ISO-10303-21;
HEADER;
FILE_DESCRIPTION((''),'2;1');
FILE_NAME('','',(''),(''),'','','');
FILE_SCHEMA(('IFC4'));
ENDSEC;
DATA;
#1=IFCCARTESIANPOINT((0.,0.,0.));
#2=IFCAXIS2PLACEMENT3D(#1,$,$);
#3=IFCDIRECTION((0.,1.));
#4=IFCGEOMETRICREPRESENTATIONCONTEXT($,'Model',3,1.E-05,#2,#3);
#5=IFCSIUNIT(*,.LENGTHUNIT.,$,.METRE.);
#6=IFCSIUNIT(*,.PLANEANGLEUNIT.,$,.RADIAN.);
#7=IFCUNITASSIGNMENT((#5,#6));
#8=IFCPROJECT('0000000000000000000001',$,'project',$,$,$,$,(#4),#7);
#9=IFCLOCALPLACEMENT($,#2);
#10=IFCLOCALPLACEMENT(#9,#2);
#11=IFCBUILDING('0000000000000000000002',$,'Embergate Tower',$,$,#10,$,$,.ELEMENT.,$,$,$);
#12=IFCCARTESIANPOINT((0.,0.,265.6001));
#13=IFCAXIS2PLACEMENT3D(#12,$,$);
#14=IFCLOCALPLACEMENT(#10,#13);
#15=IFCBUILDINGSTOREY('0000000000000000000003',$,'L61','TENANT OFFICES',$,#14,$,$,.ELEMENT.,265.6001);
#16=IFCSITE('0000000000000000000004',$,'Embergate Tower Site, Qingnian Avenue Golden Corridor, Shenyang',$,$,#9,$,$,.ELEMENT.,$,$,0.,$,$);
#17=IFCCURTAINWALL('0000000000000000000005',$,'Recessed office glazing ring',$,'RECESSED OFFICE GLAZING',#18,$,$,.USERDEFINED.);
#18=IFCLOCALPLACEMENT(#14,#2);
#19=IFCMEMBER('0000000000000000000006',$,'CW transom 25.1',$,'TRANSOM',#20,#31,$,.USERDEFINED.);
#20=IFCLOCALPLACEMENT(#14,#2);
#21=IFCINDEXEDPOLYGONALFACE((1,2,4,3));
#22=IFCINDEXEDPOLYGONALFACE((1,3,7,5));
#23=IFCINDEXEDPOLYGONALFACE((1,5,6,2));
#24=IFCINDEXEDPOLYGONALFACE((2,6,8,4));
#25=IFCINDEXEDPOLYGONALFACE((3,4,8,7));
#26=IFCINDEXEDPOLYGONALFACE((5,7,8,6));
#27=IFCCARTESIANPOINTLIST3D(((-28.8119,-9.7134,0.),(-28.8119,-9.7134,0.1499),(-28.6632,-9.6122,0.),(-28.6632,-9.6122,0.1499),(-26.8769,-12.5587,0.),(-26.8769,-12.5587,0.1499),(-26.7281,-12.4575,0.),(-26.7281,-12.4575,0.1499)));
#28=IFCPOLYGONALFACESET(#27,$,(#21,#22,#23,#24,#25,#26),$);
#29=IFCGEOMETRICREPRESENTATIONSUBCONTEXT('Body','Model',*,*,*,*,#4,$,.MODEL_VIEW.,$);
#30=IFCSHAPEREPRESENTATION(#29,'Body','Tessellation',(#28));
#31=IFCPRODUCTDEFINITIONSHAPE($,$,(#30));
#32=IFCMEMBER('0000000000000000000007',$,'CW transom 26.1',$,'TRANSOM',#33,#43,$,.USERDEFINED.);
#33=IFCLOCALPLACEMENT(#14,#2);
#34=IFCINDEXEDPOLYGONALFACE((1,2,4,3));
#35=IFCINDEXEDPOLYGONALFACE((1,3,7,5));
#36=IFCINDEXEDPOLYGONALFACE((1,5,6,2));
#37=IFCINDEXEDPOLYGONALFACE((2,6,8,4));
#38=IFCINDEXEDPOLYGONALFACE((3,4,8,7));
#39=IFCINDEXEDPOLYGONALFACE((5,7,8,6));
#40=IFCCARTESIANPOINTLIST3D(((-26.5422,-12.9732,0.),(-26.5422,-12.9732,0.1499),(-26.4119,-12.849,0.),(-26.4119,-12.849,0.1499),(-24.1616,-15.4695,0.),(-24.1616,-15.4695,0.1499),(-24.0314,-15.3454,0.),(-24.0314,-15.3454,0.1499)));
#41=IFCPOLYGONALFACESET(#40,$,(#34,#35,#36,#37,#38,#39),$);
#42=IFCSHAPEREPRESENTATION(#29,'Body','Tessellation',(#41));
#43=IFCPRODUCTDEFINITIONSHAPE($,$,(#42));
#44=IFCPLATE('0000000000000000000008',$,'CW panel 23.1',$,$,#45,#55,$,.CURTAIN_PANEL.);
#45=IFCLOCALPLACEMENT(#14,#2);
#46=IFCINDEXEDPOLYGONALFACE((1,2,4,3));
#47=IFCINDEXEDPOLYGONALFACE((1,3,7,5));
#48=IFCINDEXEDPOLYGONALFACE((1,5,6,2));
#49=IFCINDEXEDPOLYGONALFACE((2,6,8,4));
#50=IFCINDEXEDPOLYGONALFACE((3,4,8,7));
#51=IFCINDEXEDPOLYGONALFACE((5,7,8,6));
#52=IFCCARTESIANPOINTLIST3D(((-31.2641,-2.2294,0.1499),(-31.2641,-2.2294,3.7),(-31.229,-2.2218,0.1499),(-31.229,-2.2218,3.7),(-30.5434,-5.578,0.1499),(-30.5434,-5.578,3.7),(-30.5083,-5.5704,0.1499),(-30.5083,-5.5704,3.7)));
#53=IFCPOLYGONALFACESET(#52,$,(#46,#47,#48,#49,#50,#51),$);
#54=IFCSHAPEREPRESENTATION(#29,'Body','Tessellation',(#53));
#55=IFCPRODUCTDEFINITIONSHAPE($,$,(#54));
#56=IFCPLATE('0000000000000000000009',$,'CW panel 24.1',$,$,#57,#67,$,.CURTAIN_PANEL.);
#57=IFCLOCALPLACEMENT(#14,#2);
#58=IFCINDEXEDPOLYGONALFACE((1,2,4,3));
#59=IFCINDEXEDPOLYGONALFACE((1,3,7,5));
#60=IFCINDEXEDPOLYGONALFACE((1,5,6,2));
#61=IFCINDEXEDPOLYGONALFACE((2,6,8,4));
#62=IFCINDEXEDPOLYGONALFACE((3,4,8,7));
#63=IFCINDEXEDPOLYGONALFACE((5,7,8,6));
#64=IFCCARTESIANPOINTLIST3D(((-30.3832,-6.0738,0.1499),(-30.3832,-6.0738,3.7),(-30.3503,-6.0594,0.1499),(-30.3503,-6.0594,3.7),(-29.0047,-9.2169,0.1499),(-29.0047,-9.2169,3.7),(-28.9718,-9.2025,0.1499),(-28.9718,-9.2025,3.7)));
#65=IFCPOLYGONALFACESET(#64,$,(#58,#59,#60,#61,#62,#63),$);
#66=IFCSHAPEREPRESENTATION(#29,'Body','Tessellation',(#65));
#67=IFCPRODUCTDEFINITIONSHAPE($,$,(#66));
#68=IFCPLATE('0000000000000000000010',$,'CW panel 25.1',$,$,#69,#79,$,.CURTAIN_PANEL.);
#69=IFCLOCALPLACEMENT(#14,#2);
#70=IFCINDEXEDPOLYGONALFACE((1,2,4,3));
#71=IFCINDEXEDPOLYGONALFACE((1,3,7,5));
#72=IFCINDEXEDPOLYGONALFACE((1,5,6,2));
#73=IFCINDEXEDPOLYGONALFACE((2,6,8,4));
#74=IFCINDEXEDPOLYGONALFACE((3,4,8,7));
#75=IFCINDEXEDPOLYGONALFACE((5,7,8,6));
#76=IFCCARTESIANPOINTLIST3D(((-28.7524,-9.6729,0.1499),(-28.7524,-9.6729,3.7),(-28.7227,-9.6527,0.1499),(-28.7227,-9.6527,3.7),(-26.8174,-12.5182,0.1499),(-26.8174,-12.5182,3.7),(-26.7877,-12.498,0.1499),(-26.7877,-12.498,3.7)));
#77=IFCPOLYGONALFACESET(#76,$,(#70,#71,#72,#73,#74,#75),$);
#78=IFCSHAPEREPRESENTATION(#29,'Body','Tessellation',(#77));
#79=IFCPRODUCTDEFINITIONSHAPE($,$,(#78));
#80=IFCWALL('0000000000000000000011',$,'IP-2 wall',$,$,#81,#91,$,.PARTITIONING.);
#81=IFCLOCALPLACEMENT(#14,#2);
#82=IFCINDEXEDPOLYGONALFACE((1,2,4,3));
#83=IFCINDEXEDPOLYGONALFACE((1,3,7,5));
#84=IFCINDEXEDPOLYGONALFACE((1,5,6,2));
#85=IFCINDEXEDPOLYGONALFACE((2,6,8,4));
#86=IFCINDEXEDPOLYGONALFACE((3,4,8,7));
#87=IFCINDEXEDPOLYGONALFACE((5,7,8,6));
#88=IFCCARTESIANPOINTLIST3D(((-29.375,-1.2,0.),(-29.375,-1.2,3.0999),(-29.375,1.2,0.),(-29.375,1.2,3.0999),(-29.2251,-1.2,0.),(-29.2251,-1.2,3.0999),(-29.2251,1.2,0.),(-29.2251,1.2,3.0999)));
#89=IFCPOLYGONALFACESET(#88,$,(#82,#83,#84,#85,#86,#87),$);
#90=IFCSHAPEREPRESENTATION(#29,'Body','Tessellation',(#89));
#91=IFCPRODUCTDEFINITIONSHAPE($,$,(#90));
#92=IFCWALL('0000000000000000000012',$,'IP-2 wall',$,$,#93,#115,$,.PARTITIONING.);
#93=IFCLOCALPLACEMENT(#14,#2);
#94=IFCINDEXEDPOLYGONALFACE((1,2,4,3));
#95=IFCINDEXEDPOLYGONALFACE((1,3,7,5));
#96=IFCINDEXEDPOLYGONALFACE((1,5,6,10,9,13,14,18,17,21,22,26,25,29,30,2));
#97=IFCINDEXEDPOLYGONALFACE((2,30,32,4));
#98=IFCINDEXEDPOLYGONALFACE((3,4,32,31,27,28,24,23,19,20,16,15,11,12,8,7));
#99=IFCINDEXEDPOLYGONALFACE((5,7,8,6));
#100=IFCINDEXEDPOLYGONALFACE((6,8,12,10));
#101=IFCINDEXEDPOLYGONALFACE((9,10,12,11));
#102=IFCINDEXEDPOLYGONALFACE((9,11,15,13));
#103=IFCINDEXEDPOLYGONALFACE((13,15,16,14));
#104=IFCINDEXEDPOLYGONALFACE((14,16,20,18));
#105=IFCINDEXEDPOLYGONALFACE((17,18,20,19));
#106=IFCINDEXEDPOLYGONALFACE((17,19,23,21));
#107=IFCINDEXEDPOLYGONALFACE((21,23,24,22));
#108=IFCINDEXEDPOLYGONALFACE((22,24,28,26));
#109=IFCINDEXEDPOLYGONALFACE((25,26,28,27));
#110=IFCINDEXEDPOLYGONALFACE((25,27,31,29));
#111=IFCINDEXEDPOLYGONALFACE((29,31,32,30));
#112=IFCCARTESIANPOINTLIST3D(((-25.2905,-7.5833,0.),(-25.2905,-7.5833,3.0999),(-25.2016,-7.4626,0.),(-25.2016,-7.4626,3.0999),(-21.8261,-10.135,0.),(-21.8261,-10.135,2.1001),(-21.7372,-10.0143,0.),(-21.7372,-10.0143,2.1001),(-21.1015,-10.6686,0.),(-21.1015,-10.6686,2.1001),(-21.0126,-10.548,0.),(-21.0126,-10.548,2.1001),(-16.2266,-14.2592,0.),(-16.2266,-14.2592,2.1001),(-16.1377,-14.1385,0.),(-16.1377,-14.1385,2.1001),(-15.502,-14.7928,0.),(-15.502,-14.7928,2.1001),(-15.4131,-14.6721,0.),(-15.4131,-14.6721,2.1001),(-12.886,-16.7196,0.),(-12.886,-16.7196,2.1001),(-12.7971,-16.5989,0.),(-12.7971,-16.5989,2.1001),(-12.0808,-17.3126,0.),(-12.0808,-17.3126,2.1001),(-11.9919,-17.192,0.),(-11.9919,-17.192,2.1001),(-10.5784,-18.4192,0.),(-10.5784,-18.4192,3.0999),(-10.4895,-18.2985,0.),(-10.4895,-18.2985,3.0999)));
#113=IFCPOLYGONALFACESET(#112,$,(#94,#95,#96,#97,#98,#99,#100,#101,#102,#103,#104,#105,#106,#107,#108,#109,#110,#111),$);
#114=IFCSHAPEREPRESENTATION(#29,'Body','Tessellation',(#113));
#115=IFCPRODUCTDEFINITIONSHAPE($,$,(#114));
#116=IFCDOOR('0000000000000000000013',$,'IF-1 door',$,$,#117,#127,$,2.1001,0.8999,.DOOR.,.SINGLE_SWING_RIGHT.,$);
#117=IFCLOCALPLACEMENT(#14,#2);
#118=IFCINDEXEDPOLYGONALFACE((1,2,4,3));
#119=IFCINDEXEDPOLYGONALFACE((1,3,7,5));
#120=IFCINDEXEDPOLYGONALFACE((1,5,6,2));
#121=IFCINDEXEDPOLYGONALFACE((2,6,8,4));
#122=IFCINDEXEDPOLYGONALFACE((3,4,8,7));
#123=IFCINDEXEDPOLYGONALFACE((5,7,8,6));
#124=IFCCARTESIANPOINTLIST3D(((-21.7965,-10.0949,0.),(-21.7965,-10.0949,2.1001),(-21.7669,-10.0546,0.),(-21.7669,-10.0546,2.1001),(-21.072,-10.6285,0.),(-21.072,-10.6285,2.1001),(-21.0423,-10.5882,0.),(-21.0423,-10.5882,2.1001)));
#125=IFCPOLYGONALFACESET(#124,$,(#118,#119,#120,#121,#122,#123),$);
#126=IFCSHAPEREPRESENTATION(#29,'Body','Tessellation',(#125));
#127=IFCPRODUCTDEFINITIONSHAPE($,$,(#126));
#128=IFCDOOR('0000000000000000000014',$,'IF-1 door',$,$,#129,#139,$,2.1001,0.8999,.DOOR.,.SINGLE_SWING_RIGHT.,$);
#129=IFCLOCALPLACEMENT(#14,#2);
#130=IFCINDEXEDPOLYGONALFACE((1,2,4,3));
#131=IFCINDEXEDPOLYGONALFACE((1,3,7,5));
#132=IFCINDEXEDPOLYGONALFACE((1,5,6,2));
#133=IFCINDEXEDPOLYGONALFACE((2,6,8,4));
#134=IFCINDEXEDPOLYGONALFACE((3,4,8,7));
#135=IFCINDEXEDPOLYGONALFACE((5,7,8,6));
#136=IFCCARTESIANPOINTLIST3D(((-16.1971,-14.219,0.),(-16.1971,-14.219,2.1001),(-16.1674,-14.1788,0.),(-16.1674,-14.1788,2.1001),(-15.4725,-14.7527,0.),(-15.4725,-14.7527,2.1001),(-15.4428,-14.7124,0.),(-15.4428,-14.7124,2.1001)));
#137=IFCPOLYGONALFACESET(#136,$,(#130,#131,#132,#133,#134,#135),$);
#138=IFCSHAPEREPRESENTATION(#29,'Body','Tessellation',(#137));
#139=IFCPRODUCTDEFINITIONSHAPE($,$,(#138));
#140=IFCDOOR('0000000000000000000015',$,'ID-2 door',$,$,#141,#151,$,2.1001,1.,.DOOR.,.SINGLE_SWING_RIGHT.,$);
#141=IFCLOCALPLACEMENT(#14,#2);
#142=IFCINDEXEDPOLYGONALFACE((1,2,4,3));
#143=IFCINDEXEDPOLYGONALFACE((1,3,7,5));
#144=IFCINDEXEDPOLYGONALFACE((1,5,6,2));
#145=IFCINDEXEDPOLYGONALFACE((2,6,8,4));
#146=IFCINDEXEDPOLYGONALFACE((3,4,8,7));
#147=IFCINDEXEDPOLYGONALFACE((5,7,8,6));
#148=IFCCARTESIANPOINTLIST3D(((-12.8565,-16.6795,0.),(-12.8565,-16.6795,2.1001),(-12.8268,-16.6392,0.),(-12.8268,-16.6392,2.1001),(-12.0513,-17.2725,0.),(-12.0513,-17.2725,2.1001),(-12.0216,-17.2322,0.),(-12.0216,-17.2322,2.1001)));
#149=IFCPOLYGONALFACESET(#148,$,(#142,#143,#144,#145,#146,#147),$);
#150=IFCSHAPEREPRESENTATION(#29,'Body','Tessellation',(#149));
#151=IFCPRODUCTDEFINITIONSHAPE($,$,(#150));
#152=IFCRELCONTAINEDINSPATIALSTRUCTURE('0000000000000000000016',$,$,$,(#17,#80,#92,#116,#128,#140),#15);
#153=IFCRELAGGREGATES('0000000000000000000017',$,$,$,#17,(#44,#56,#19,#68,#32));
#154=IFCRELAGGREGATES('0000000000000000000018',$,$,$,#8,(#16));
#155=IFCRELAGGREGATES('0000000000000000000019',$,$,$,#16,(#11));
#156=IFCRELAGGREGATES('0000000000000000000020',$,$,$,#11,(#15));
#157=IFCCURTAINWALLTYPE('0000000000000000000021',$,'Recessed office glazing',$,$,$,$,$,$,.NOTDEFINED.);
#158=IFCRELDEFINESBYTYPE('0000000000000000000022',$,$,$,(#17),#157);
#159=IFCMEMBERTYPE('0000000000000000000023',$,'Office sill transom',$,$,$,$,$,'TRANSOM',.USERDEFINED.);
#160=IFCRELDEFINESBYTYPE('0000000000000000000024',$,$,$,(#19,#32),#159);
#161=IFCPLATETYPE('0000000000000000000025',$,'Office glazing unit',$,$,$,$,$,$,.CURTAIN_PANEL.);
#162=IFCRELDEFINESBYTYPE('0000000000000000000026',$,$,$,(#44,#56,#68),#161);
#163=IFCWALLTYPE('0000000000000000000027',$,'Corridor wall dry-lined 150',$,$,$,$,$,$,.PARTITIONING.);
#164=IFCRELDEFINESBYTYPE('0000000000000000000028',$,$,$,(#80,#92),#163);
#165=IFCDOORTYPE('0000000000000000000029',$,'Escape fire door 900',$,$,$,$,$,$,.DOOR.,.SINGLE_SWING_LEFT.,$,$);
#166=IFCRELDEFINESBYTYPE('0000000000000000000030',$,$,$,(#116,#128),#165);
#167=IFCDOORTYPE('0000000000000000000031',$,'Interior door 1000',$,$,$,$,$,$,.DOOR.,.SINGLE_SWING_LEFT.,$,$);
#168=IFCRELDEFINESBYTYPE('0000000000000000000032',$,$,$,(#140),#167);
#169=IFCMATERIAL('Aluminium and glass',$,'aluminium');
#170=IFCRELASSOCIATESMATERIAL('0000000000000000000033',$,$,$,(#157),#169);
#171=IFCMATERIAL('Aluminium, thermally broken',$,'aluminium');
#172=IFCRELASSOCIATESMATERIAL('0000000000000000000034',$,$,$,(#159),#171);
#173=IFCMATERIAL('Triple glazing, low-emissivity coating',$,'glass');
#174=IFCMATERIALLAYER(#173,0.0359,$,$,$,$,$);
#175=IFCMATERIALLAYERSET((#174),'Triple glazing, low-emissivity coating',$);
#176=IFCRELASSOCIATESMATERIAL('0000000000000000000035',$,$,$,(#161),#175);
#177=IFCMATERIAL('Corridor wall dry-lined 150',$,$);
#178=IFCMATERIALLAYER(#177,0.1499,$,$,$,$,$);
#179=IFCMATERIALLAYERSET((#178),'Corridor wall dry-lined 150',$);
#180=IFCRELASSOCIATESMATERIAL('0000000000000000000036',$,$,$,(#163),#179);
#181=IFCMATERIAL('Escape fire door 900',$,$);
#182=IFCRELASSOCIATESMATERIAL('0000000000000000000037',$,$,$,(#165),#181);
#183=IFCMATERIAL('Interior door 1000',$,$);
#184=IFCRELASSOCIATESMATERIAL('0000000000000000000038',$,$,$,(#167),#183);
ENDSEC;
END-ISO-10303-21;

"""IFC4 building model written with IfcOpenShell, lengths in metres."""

from ifc_helpers import new_model, si_unit, direction, frame, frame_2d, origin, origin_2d, place, context, subcontext, project, spatial, rectangle, extrude, source, transform, mapped, material, layer, layer_set, material_profile, profile_set, type_object, element, fill, aggregate, save


model = new_model("IFC4")

# Units and contexts
model_context = context("Model", 3, precision=1e-05, world=origin(), true_north=direction((0.0, 1.0)))
body_context = subcontext(model_context, "Body", "Model", "MODEL_VIEW")
ifc_project = project(units=[si_unit("LENGTHUNIT", "METRE"), si_unit("PLANEANGLEUNIT", "RADIAN")], contexts=[model_context])

# Site, building, storey
site_placement = place(None, origin())
site = spatial("IfcSite", under=ifc_project, at=site_placement, Name="Embergate Tower Site, Qingnian Avenue Golden Corridor, Shenyang", CompositionType="ELEMENT", RefElevation=0.0)
building_placement = place(site_placement, origin())
building = spatial("IfcBuilding", under=site, at=building_placement, Name="Embergate Tower", CompositionType="ELEMENT")
storey_placement = place(building_placement, frame((0.0, 0.0, 265.6001)))
storey = spatial("IfcBuildingStorey", under=building, at=storey_placement, Name="L61", Description="TENANT OFFICES", CompositionType="ELEMENT", Elevation=265.6001)

# Curtain wall, members, plates
ifc_material_1 = material(Name="Aluminium and glass", Category="aluminium")
curtain_wall_type = type_object("IfcCurtainWallType", Name="Recessed office glazing", PredefinedType="NOTDEFINED", material=ifc_material_1)
curtain_wall_placement = place(storey_placement, origin())
curtain_wall = element("IfcCurtainWall", 1, at=curtain_wall_placement, inside=storey, type_object=curtain_wall_type, Name="Recessed office glazing ring", ObjectType="RECESSED OFFICE GLAZING", PredefinedType="USERDEFINED")
ifc_material_2 = material(Name="Aluminium, thermally broken", Category="aluminium")
ifc_material_profile_1 = material_profile(ifc_material_2, rectangle(XDim=0.1799, YDim=0.1499, at=origin_2d()), Name="AL 150x180")
ifc_profile_set_1 = profile_set([ifc_material_profile_1], Name="Aluminium, thermally broken")
member_type_1 = type_object("IfcMemberType", Name="Office sill transom", ElementType="TRANSOM", PredefinedType="USERDEFINED", material=ifc_profile_set_1)
shared_shape_1 = source(origin(), body_context, "Body", "SweptSolid", [
    extrude(rectangle(XDim=0.1799, YDim=0.1499, at=origin_2d()), origin(), (0.0, 0.0, 1.0), 3.4409),
])
member_1_placement = place(storey_placement, frame((-28.7375, -9.6628, 0.075), z_axis=(0.562372, -0.826884, 0.0), x_axis=(0.826884, 0.562372, 0.0)))
member_1 = element("IfcMember", 2, at=member_1_placement, type_object=member_type_1, Name="CW transom 25.1", ObjectType="TRANSOM", PredefinedType="USERDEFINED", context=body_context, shape_type="MappedRepresentation", body=[
    mapped(shared_shape_1, transform((0.0, 0.0, 0.0))),
])
shared_shape_2 = source(origin(), body_context, "Body", "SweptSolid", [
    extrude(rectangle(XDim=0.1799, YDim=0.1499, at=origin_2d()), origin(), (0.0, 0.0, 1.0), 3.4495),
])
member_2_placement = place(storey_placement, frame((-26.4771, -12.9111, 0.075), z_axis=(0.690134, -0.723682, 0.0), x_axis=(0.723682, 0.690134, 0.0)))
member_2 = element("IfcMember", 3, at=member_2_placement, type_object=member_type_1, Name="CW transom 26.1", ObjectType="TRANSOM", PredefinedType="USERDEFINED", context=body_context, shape_type="MappedRepresentation", body=[
    mapped(shared_shape_2, transform((0.0, 0.0, 0.0))),
])
ifc_material_3 = material(Name="Triple glazing, low-emissivity coating", Category="glass")
ifc_layer_1 = layer(ifc_material_3, 0.0359)
ifc_layer_set_1 = layer_set([ifc_layer_1], Name="Triple glazing, low-emissivity coating")
plate_type = type_object("IfcPlateType", Name="Office glazing unit", PredefinedType="CURTAIN_PANEL", material=ifc_layer_set_1)
shared_shape_3 = source(origin(), body_context, "Body", "SweptSolid", [
    extrude(rectangle(XDim=3.4253, YDim=0.0359, at=origin_2d()), origin(), (0.0, 0.0, 1.0), 3.55),
])
plate_1_placement = place(storey_placement, frame((-30.8862, -3.8999, 0.1499), z_axis=(0.0, 0.0, 1.0), x_axis=(0.210402, -0.977615, 0.0)))
plate_1 = element("IfcPlate", 4, at=plate_1_placement, type_object=plate_type, Name="CW panel 23.1", PredefinedType="CURTAIN_PANEL", context=body_context, shape_type="MappedRepresentation", body=[
    mapped(shared_shape_3, transform((0.0, 0.0, 0.0))),
])
shared_shape_4 = source(origin(), body_context, "Body", "SweptSolid", [
    extrude(rectangle(XDim=3.4321, YDim=0.0359, at=origin_2d()), origin(), (0.0, 0.0, 1.0), 3.55),
])
plate_2_placement = place(storey_placement, frame((-29.6775, -7.6382, 0.1499), z_axis=(0.0, 0.0, 1.0), x_axis=(0.401658, -0.91579, 0.0)))
plate_2 = element("IfcPlate", 5, at=plate_2_placement, type_object=plate_type, Name="CW panel 24.1", PredefinedType="CURTAIN_PANEL", context=body_context, shape_type="MappedRepresentation", body=[
    mapped(shared_shape_4, transform((0.0, 0.0, 0.0))),
])
shared_shape_5 = source(origin(), body_context, "Body", "SweptSolid", [
    extrude(rectangle(XDim=3.4409, YDim=0.0359, at=origin_2d()), origin(), (0.0, 0.0, 1.0), 3.55),
])
plate_3_placement = place(storey_placement, frame((-27.77, -11.0854, 0.1499), z_axis=(0.0, 0.0, 1.0), x_axis=(0.562349, -0.8269, 0.0)))
plate_3 = element("IfcPlate", 6, at=plate_3_placement, type_object=plate_type, Name="CW panel 25.1", PredefinedType="CURTAIN_PANEL", context=body_context, shape_type="MappedRepresentation", body=[
    mapped(shared_shape_5, transform((0.0, 0.0, 0.0))),
])
aggregate(curtain_wall, [plate_1, plate_2, member_1, plate_3, member_2])

# Wall
ifc_material_4 = material(Name="Corridor wall dry-lined 150")
ifc_layer_2 = layer(ifc_material_4, 0.1499)
ifc_layer_set_2 = layer_set([ifc_layer_2], Name="Corridor wall dry-lined 150")
wall_type_1 = type_object("IfcWallType", Name="Corridor wall dry-lined 150", PredefinedType="PARTITIONING", material=ifc_layer_set_2)
shared_shape_6 = source(origin(), body_context, "Body", "SweptSolid", [
    extrude(rectangle(XDim=2.3999, YDim=0.1499, at=frame_2d((1.2, 0.0))), origin(), (0.0, 0.0, 1.0), 3.0999),
])
wall_1_placement = place(storey_placement, frame((-29.3, -1.2, 0.0), z_axis=(0.0, 0.0, 1.0), x_axis=(0.0, 1.0, 0.0)))
element("IfcWall", 7, at=wall_1_placement, inside=storey, type_object=wall_type_1, Name="IP-2 wall", PredefinedType="PARTITIONING", context=body_context, shape_type="MappedRepresentation", body=[
    mapped(shared_shape_6, transform((0.0, 0.0, 0.0))),
])

# Wall, openings, doors
shared_shape_7 = source(origin(), body_context, "Body", "SweptSolid", [
    extrude(rectangle(XDim=18.272, YDim=0.1499, at=frame_2d((9.136, 0.0))), origin(), (0.0, 0.0, 1.0), 3.0999),
])
wall_2_placement = place(storey_placement, frame((-25.2461, -7.5229, 0.0), z_axis=(0.0, 0.0, 1.0), x_axis=(0.805176, -0.593036, 0.0)))
wall_2 = element("IfcWall", 8, at=wall_2_placement, inside=storey, type_object=wall_type_1, Name="IP-2 wall", PredefinedType="PARTITIONING", context=body_context, shape_type="MappedRepresentation", body=[
    mapped(shared_shape_7, transform((0.0, 0.0, 0.0))),
])
shared_shape_8 = source(origin(), body_context, "Body", "SweptSolid", [
    extrude(rectangle(XDim=0.8999, YDim=2.1001, at=frame_2d((0.45, 1.05))), frame((0.0, 0.085, 0.0), z_axis=(0.0, -1.0, 0.0), x_axis=(1.0, 0.0, 0.0)), (0.0, 0.0, 1.0), 0.1699),
])
opening_1_placement = place(wall_2_placement, frame((4.3027, 0.0, 0.0)))
opening_1 = element("IfcOpeningElement", 9, at=opening_1_placement, cuts=wall_2, PredefinedType="OPENING", context=body_context, shape_type="MappedRepresentation", body=[
    mapped(shared_shape_8, transform((0.0, 0.0, 0.0))),
])
opening_2_placement = place(wall_2_placement, frame((11.2571, 0.0, 0.0)))
opening_2 = element("IfcOpeningElement", 10, at=opening_2_placement, cuts=wall_2, PredefinedType="OPENING", context=body_context, shape_type="MappedRepresentation", body=[
    mapped(shared_shape_8, transform((0.0, 0.0, 0.0))),
])
shared_shape_9 = source(origin(), body_context, "Body", "SweptSolid", [
    extrude(rectangle(XDim=1.0, YDim=2.1001, at=frame_2d((0.5, 1.05))), frame((0.0, 0.085, 0.0), z_axis=(0.0, -1.0, 0.0), x_axis=(1.0, 0.0, 0.0)), (0.0, 0.0, 1.0), 0.1699),
])
opening_3_placement = place(wall_2_placement, frame((15.406, 0.0, 0.0)))
opening_3 = element("IfcOpeningElement", 11, at=opening_3_placement, cuts=wall_2, PredefinedType="OPENING", context=body_context, shape_type="MappedRepresentation", body=[
    mapped(shared_shape_9, transform((0.0, 0.0, 0.0))),
])
ifc_material_5 = material(Name="Escape fire door 900")
door_type_1 = type_object("IfcDoorType", Name="Escape fire door 900", OperationType="SINGLE_SWING_LEFT", PredefinedType="DOOR", material=ifc_material_5)
shared_shape_10 = source(origin(), body_context, "Body", "SweptSolid", [
    extrude(rectangle(XDim=0.8999, YDim=2.1001, at=frame_2d((0.45, 1.05))), frame((0.0, 0.0249, 0.0), z_axis=(0.0, -1.0, 0.0), x_axis=(1.0, 0.0, 0.0)), (0.0, 0.0, 1.0), 0.05),
])
door_1_placement = place(opening_1_placement, origin())
door_1 = element("IfcDoor", 12, at=door_1_placement, inside=storey, type_object=door_type_1, Name="IF-1 door", OperationType="SINGLE_SWING_RIGHT", OverallHeight=2.1001, OverallWidth=0.8999, PredefinedType="DOOR", context=body_context, shape_type="MappedRepresentation", body=[
    mapped(shared_shape_10, transform((0.0, 0.0, 0.0))),
])
fill(opening_1, door_1)
door_2_placement = place(opening_2_placement, origin())
door_2 = element("IfcDoor", 13, at=door_2_placement, inside=storey, type_object=door_type_1, Name="IF-1 door", OperationType="SINGLE_SWING_RIGHT", OverallHeight=2.1001, OverallWidth=0.8999, PredefinedType="DOOR", context=body_context, shape_type="MappedRepresentation", body=[
    mapped(shared_shape_10, transform((0.0, 0.0, 0.0))),
])
fill(opening_2, door_2)
ifc_material_6 = material(Name="Interior door 1000")
door_type_2 = type_object("IfcDoorType", Name="Interior door 1000", OperationType="SINGLE_SWING_LEFT", PredefinedType="DOOR", material=ifc_material_6)
shared_shape_11 = source(origin(), body_context, "Body", "SweptSolid", [
    extrude(rectangle(XDim=1.0, YDim=2.1001, at=frame_2d((0.5, 1.05))), frame((0.0, 0.0249, 0.0), z_axis=(0.0, -1.0, 0.0), x_axis=(1.0, 0.0, 0.0)), (0.0, 0.0, 1.0), 0.05),
])
door_3_placement = place(opening_3_placement, origin())
door_3 = element("IfcDoor", 14, at=door_3_placement, inside=storey, type_object=door_type_2, Name="ID-2 door", OperationType="SINGLE_SWING_RIGHT", OverallHeight=2.1001, OverallWidth=1.0, PredefinedType="DOOR", context=body_context, shape_type="MappedRepresentation", body=[
    mapped(shared_shape_11, transform((0.0, 0.0, 0.0))),
])
fill(opening_3, door_3)

save(model, "model.ifc")
